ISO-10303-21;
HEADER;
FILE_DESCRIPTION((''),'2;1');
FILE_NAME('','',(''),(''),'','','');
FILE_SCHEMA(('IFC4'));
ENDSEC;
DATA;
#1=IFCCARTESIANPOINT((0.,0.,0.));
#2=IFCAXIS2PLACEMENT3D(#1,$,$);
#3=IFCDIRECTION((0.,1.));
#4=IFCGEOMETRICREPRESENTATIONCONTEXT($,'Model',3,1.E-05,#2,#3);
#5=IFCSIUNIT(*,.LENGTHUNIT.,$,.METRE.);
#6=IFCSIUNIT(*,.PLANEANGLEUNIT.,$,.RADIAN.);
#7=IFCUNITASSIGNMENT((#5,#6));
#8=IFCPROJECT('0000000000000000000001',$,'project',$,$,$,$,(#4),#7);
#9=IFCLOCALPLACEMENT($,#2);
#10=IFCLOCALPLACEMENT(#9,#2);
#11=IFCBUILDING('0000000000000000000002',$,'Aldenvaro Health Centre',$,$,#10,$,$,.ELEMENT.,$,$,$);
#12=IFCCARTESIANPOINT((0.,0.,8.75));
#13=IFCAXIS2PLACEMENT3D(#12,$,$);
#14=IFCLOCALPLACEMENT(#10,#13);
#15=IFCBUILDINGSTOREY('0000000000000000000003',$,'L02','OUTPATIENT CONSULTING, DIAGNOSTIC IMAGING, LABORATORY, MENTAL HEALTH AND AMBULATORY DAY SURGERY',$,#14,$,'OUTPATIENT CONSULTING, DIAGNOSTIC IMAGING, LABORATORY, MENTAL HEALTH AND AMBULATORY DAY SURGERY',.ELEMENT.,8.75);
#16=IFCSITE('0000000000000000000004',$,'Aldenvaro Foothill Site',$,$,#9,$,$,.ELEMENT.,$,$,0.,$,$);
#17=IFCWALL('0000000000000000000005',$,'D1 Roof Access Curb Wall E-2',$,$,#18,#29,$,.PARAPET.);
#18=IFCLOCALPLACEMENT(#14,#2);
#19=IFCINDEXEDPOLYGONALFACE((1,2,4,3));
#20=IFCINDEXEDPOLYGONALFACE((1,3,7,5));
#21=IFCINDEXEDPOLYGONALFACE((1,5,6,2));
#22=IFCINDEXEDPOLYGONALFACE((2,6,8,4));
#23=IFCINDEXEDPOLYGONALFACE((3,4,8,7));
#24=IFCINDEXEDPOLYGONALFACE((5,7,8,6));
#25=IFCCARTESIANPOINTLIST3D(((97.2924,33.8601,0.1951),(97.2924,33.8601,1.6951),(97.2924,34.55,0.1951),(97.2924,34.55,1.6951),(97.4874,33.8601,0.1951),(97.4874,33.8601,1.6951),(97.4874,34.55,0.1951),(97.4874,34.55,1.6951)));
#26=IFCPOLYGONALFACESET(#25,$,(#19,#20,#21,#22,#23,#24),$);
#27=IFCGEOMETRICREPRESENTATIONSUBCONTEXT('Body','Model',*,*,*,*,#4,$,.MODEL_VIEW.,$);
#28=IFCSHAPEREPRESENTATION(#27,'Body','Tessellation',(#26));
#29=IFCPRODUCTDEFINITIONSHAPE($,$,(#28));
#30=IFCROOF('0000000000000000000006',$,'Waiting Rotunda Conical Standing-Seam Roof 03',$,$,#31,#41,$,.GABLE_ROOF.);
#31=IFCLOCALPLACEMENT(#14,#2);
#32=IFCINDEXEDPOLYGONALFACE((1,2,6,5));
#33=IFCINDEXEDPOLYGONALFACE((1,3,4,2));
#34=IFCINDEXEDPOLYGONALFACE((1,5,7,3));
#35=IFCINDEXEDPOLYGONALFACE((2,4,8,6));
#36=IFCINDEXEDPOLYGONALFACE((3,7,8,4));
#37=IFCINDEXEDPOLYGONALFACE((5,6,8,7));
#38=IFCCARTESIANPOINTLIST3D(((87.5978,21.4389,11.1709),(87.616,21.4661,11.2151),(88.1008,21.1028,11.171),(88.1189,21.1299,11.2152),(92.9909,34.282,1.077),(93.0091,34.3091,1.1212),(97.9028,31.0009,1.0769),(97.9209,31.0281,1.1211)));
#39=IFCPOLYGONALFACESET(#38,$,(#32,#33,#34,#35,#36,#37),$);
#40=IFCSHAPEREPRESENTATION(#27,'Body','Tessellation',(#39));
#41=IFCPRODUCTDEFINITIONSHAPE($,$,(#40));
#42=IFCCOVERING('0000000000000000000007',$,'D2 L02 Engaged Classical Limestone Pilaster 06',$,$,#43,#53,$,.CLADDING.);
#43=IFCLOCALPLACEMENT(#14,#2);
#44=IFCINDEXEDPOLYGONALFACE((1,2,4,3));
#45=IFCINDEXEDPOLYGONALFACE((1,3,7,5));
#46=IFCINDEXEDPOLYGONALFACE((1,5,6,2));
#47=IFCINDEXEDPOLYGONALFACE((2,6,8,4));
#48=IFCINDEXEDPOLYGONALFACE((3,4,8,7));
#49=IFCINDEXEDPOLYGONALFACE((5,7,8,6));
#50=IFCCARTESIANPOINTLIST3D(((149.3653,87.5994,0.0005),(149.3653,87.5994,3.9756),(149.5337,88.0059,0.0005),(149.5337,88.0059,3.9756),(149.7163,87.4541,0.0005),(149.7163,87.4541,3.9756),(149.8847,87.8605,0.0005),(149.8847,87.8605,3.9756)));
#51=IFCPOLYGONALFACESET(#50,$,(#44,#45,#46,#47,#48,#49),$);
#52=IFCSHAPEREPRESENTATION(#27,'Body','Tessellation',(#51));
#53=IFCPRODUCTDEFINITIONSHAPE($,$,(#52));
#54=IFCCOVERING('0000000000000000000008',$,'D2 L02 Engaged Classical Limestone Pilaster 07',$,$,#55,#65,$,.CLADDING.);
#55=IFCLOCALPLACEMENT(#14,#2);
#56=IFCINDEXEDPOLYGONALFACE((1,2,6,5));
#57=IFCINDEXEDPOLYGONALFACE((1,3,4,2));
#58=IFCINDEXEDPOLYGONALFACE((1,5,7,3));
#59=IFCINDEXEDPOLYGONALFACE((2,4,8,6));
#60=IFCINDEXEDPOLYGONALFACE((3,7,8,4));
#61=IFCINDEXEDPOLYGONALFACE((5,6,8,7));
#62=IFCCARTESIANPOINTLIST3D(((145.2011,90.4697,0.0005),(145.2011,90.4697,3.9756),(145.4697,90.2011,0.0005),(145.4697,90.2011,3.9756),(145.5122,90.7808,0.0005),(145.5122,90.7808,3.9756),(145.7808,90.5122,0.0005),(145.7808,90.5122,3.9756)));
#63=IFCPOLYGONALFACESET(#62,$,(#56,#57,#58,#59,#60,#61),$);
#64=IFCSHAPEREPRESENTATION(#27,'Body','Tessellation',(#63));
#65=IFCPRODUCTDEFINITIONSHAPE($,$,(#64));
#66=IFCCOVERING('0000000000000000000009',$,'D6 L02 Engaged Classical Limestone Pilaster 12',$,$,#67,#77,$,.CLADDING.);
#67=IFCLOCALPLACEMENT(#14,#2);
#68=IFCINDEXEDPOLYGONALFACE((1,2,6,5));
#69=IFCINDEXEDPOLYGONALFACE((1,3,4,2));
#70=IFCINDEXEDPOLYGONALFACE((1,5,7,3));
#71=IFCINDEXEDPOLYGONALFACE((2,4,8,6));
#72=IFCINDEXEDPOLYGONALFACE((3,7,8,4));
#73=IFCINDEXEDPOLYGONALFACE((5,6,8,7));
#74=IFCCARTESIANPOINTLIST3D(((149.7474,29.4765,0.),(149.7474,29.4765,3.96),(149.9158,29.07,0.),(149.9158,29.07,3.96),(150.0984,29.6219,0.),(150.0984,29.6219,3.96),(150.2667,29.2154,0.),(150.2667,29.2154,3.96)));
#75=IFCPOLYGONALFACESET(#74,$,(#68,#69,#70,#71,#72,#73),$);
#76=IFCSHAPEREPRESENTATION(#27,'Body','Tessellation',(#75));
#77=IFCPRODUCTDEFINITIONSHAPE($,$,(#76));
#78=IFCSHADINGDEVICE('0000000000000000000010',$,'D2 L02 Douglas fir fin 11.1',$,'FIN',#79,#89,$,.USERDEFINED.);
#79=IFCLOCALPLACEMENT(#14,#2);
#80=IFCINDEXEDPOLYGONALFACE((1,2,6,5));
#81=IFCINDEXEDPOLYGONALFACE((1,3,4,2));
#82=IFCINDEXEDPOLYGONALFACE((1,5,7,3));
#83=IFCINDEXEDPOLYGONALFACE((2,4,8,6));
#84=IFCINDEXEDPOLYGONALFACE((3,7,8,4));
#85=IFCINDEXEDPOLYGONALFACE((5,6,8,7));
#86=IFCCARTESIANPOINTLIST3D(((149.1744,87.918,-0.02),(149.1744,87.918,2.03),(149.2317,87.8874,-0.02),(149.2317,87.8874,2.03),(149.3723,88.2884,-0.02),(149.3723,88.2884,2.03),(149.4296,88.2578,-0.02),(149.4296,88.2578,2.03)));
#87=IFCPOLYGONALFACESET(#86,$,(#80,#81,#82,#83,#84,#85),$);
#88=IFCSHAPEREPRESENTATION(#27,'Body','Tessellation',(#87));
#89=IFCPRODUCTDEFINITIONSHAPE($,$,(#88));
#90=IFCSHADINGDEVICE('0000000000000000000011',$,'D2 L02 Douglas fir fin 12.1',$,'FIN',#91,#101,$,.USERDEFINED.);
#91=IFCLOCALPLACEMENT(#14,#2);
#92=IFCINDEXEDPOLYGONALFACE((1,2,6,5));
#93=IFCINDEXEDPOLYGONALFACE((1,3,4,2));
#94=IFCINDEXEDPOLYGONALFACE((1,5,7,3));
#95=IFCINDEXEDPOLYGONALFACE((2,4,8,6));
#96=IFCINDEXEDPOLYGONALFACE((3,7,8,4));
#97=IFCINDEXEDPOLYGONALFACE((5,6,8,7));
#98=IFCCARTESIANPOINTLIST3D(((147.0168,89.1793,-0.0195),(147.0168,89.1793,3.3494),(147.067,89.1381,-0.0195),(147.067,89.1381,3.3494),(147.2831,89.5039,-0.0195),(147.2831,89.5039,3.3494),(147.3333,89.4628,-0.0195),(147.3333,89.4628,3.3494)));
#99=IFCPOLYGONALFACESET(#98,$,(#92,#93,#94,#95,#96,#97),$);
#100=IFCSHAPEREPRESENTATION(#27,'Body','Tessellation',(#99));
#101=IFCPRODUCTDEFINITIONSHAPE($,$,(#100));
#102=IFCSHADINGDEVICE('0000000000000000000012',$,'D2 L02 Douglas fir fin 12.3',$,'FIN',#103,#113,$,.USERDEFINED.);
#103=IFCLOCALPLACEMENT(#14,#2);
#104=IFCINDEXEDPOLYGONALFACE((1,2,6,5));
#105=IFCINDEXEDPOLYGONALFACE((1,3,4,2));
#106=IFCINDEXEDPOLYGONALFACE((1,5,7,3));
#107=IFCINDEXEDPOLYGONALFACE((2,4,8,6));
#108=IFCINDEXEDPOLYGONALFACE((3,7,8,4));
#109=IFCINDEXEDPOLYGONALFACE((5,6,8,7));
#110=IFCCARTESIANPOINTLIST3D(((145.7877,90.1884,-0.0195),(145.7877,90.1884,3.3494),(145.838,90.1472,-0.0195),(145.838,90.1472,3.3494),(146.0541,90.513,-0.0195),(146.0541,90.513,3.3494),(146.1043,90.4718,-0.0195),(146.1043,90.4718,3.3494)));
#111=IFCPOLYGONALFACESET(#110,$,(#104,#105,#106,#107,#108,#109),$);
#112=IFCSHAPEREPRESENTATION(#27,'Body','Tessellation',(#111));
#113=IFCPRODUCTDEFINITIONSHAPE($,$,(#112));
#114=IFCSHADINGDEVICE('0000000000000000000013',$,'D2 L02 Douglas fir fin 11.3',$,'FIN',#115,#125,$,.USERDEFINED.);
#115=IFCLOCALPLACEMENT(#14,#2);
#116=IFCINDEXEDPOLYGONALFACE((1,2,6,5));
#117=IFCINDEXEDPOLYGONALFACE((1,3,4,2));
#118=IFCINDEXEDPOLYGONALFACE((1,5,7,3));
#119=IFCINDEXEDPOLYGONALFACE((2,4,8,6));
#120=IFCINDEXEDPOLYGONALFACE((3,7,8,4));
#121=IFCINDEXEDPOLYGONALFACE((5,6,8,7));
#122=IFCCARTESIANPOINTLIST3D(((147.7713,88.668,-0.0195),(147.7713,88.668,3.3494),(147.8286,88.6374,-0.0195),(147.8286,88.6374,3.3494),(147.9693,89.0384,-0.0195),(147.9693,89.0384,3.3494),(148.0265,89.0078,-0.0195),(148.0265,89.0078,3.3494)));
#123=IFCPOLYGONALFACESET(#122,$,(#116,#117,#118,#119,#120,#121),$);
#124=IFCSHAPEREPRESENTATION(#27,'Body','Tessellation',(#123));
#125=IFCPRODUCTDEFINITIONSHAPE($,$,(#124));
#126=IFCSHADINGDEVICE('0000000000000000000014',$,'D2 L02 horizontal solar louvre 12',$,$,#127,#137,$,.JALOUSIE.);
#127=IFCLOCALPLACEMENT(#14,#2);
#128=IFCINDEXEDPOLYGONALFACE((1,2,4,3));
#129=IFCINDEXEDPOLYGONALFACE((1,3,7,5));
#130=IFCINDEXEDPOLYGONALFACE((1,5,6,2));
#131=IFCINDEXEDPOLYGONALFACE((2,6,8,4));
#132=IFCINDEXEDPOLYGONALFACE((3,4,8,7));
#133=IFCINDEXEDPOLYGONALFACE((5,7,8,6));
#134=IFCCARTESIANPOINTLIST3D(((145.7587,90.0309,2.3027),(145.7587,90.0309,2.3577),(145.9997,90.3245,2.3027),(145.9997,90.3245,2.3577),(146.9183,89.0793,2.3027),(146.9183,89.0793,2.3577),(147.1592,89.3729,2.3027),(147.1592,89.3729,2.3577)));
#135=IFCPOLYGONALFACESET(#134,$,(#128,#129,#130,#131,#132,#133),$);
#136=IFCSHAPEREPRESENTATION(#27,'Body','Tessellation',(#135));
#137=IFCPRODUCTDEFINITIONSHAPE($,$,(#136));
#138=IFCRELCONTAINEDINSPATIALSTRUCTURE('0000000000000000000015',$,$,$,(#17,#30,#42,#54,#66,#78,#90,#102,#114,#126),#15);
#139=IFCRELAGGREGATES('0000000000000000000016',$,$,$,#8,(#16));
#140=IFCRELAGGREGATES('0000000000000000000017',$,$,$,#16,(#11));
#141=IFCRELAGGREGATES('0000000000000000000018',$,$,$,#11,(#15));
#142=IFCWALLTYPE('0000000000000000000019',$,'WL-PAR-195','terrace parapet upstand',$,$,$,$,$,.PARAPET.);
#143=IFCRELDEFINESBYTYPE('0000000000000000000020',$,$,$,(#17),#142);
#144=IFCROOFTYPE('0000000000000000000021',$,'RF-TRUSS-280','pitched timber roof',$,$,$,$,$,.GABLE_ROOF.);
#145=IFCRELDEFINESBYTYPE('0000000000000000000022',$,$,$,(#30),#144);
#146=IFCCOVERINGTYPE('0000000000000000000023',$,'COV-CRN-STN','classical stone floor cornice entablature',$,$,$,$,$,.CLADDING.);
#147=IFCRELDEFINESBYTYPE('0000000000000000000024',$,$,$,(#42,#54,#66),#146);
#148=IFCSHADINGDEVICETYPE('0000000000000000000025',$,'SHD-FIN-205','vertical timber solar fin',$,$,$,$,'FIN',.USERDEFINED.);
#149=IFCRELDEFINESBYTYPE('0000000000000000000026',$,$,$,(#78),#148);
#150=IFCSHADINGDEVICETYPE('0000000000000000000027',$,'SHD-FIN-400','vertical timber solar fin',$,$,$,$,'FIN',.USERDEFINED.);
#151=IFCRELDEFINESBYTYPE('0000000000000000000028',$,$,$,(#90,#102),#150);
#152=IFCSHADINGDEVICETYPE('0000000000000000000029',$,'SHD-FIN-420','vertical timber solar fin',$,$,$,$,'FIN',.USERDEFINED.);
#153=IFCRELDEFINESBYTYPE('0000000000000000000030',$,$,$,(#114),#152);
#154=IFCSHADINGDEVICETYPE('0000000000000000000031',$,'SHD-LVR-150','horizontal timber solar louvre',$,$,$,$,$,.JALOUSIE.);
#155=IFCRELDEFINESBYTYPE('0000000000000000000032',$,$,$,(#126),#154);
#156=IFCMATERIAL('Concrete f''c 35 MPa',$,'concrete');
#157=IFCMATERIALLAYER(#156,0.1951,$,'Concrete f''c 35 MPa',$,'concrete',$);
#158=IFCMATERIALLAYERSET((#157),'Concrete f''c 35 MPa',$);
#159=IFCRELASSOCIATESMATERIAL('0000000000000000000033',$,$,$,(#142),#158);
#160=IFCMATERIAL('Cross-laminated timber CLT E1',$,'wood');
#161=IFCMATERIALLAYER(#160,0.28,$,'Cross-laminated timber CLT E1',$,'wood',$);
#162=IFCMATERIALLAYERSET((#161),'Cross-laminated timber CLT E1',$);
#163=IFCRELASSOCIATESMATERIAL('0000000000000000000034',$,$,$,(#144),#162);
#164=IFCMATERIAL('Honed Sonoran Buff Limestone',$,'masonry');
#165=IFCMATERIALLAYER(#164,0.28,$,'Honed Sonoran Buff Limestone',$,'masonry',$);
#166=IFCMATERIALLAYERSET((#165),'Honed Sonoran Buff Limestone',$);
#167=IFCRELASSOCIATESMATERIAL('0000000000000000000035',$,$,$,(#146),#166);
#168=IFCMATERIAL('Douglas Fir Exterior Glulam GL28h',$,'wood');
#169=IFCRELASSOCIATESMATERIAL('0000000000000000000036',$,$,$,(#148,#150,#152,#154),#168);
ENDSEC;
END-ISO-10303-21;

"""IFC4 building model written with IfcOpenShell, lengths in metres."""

from ifc_helpers import new_model, si_unit, direction, frame, frame_2d, origin, origin_2d, place, context, subcontext, project, spatial, polyline, rectangle, outline, extrude, material, layer, layer_set, type_object, element, save


model = new_model("IFC4")

# Units and contexts
model_context = context("Model", 3, precision=1e-05, world=origin(), true_north=direction((0.0, 1.0)))
body_context = subcontext(model_context, "Body", "Model", "MODEL_VIEW")
ifc_project = project(units=[si_unit("LENGTHUNIT", "METRE"), si_unit("PLANEANGLEUNIT", "RADIAN")], contexts=[model_context])

# Site, building, storey
site_placement = place(None, origin())
site = spatial("IfcSite", under=ifc_project, at=site_placement, Name="Aldenvaro Foothill Site", CompositionType="ELEMENT", RefElevation=0.0)
building_placement = place(site_placement, origin())
building = spatial("IfcBuilding", under=site, at=building_placement, Name="Aldenvaro Health Centre", CompositionType="ELEMENT")
storey_placement = place(building_placement, frame((0.0, 0.0, 8.75)))
storey = spatial("IfcBuildingStorey", under=building, at=storey_placement, Name="L02", Description="OUTPATIENT CONSULTING, DIAGNOSTIC IMAGING, LABORATORY, MENTAL HEALTH AND AMBULATORY DAY SURGERY", LongName="OUTPATIENT CONSULTING, DIAGNOSTIC IMAGING, LABORATORY, MENTAL HEALTH AND AMBULATORY DAY SURGERY", CompositionType="ELEMENT", Elevation=8.75)

# Shared definitions
ifc_material_1 = material(Name="Cross-laminated timber CLT E1", Category="wood")

# Wall
ifc_material_2 = material(Name="Concrete f'c 35 MPa", Category="concrete")
ifc_layer_1 = layer(ifc_material_2, 0.1951, Name="Concrete f'c 35 MPa", Category="concrete")
ifc_layer_set_1 = layer_set([ifc_layer_1], Name="Concrete f'c 35 MPa")
wall_type_1 = type_object("IfcWallType", Name="WL-PAR-195", Description="terrace parapet upstand", PredefinedType="PARAPET", material=ifc_layer_set_1)
wall_1_placement = place(storey_placement, frame((97.3899, 34.55, 0.1951), z_axis=(0.0, 0.0, 1.0), x_axis=(0.0, -1.0, 0.0)))
element("IfcWall", 1, at=wall_1_placement, inside=storey, type_object=wall_type_1, Name="D1 Roof Access Curb Wall E-2", PredefinedType="PARAPET", context=body_context, shape_type="SweptSolid", body=[
    extrude(rectangle(XDim=0.6899, YDim=0.1951, at=frame_2d((0.345, 0.0))), origin(), (0.0, 0.0, 1.0), 1.5),
])

# Roof
ifc_layer_2 = layer(ifc_material_1, 0.28, Name="Cross-laminated timber CLT E1", Category="wood")
ifc_layer_set_2 = layer_set([ifc_layer_2], Name="Cross-laminated timber CLT E1")
roof_type = type_object("IfcRoofType", Name="RF-TRUSS-280", Description="pitched timber roof", PredefinedType="GABLE_ROOF", material=ifc_layer_set_2)
roof_placement = place(storey_placement, frame((97.9209, 31.0281, 1.1211), z_axis=(0.329879, 0.493817, 0.804565), x_axis=(-0.831542, 0.555462, 0.000014)))
element("IfcRoof", 2, at=roof_placement, inside=storey, type_object=roof_type, Name="Waiting Rotunda Conical Standing-Seam Roof 03", PredefinedType="GABLE_ROOF", context=body_context, shape_type="SweptSolid", body=[
    extrude(outline(polyline([(0.0, 0.0), (5.9069, 0.0), (3.2578, 16.997), (2.6528, 16.9972), (0.0, 0.0)])), origin(), (0.0, 0.0, -1.0), 0.0549),
])

# Coverings
ifc_material_3 = material(Name="Honed Sonoran Buff Limestone", Category="masonry")
ifc_layer_3 = layer(ifc_material_3, 0.28, Name="Honed Sonoran Buff Limestone", Category="masonry")
ifc_layer_set_3 = layer_set([ifc_layer_3], Name="Honed Sonoran Buff Limestone")
covering_type = type_object("IfcCoveringType", Name="COV-CRN-STN", Description="classical stone floor cornice entablature", PredefinedType="CLADDING", material=ifc_layer_set_3)
for number, where, z_axis, x_axis, name in (
    (3, (149.625, 87.73, 0.0005), (0.0, 0.0, 1.0), (-0.382668, -0.923886, 0.0), "D2 L02 Engaged Classical Limestone Pilaster 06"),
    (4, (145.491, 90.491, 0.0005), (0.0, 0.0, 1.0), (-0.707107, -0.707107, 0.0), "D2 L02 Engaged Classical Limestone Pilaster 07"),
):
    element("IfcCovering", number, at=place(storey_placement, frame(where, z_axis=z_axis, x_axis=x_axis)), inside=storey, type_object=covering_type, Name=name, PredefinedType="CLADDING", context=body_context, shape_type="SweptSolid", body=[
        extrude(rectangle(XDim=0.4399, YDim=0.3799, at=origin_2d()), origin(), (0.0, 0.0, 1.0), 3.9751),
    ])
covering_placement = place(storey_placement, frame((150.0071, 29.3459, 0.0), z_axis=(0.0, 0.0, 1.0), x_axis=(-0.382721, 0.923864, 0.0)))
element("IfcCovering", 5, at=covering_placement, inside=storey, type_object=covering_type, Name="D6 L02 Engaged Classical Limestone Pilaster 12", PredefinedType="CLADDING", context=body_context, shape_type="SweptSolid", body=[
    extrude(rectangle(XDim=0.4399, YDim=0.3799, at=origin_2d()), origin(), (0.0, 0.0, 1.0), 3.96),
])

# Shading devices
ifc_material_4 = material(Name="Douglas Fir Exterior Glulam GL28h", Category="wood")
shading_device_type_1 = type_object("IfcShadingDeviceType", Name="SHD-FIN-205", Description="vertical timber solar fin", ElementType="FIN", PredefinedType="USERDEFINED", material=ifc_material_4)
shading_device_1_placement = place(storey_placement, frame((149.302, 88.0879, -0.02), z_axis=(0.0, 0.0, 1.0), x_axis=(-0.88192, 0.471399, 0.0)))
element("IfcShadingDevice", 6, at=shading_device_1_placement, inside=storey, type_object=shading_device_type_1, Name="D2 L02 Douglas fir fin 11.1", ObjectType="FIN", PredefinedType="USERDEFINED", context=body_context, shape_type="SweptSolid", body=[
    extrude(rectangle(XDim=0.0649, YDim=0.4199, at=origin_2d()), origin(), (0.0, 0.0, 1.0), 2.05),
])
shading_device_type_2 = type_object("IfcShadingDeviceType", Name="SHD-FIN-400", Description="vertical timber solar fin", ElementType="FIN", PredefinedType="USERDEFINED", material=ifc_material_4)
for number, where, z_axis, x_axis, name in (
    (7, (147.175, 89.321, -0.0195), (0.0, 0.0, 1.0), (-0.773022, 0.63438, 0.0), "D2 L02 Douglas fir fin 12.1"),
    (8, (145.946, 90.3301, -0.0195), (0.0, 0.0, 1.0), (-0.773022, 0.63438, 0.0), "D2 L02 Douglas fir fin 12.3"),
):
    element("IfcShadingDevice", number, at=place(storey_placement, frame(where, z_axis=z_axis, x_axis=x_axis)), inside=storey, type_object=shading_device_type_2, Name=name, ObjectType="FIN", PredefinedType="USERDEFINED", context=body_context, shape_type="SweptSolid", body=[
        extrude(rectangle(XDim=0.0649, YDim=0.4199, at=origin_2d()), origin(), (0.0, 0.0, 1.0), 3.3689),
    ])
shading_device_type_3 = type_object("IfcShadingDeviceType", Name="SHD-FIN-420", Description="vertical timber solar fin", ElementType="FIN", PredefinedType="USERDEFINED", material=ifc_material_4)
shading_device_2_placement = place(storey_placement, frame((147.8989, 88.8379, -0.0195), z_axis=(0.0, 0.0, 1.0), x_axis=(-0.88192, 0.471399, 0.0)))
element("IfcShadingDevice", 9, at=shading_device_2_placement, inside=storey, type_object=shading_device_type_3, Name="D2 L02 Douglas fir fin 11.3", ObjectType="FIN", PredefinedType="USERDEFINED", context=body_context, shape_type="SweptSolid", body=[
    extrude(rectangle(XDim=0.0649, YDim=0.4199, at=origin_2d()), origin(), (0.0, 0.0, 1.0), 3.3689),
])
shading_device_type_4 = type_object("IfcShadingDeviceType", Name="SHD-LVR-150", Description="horizontal timber solar louvre", PredefinedType="JALOUSIE", material=ifc_material_4)
shading_device_3_placement = place(storey_placement, frame((146.459, 89.7019, 2.3027), z_axis=(0.0, 0.0, 1.0), x_axis=(-0.773022, 0.63438, 0.0)))
element("IfcShadingDevice", 10, at=shading_device_3_placement, inside=storey, type_object=shading_device_type_4, Name="D2 L02 horizontal solar louvre 12", PredefinedType="JALOUSIE", context=body_context, shape_type="SweptSolid", body=[
    extrude(rectangle(XDim=1.5, YDim=0.3799, at=origin_2d()), origin(), (0.0, 0.0, 1.0), 0.0549),
])

save(model, "model.ifc")
